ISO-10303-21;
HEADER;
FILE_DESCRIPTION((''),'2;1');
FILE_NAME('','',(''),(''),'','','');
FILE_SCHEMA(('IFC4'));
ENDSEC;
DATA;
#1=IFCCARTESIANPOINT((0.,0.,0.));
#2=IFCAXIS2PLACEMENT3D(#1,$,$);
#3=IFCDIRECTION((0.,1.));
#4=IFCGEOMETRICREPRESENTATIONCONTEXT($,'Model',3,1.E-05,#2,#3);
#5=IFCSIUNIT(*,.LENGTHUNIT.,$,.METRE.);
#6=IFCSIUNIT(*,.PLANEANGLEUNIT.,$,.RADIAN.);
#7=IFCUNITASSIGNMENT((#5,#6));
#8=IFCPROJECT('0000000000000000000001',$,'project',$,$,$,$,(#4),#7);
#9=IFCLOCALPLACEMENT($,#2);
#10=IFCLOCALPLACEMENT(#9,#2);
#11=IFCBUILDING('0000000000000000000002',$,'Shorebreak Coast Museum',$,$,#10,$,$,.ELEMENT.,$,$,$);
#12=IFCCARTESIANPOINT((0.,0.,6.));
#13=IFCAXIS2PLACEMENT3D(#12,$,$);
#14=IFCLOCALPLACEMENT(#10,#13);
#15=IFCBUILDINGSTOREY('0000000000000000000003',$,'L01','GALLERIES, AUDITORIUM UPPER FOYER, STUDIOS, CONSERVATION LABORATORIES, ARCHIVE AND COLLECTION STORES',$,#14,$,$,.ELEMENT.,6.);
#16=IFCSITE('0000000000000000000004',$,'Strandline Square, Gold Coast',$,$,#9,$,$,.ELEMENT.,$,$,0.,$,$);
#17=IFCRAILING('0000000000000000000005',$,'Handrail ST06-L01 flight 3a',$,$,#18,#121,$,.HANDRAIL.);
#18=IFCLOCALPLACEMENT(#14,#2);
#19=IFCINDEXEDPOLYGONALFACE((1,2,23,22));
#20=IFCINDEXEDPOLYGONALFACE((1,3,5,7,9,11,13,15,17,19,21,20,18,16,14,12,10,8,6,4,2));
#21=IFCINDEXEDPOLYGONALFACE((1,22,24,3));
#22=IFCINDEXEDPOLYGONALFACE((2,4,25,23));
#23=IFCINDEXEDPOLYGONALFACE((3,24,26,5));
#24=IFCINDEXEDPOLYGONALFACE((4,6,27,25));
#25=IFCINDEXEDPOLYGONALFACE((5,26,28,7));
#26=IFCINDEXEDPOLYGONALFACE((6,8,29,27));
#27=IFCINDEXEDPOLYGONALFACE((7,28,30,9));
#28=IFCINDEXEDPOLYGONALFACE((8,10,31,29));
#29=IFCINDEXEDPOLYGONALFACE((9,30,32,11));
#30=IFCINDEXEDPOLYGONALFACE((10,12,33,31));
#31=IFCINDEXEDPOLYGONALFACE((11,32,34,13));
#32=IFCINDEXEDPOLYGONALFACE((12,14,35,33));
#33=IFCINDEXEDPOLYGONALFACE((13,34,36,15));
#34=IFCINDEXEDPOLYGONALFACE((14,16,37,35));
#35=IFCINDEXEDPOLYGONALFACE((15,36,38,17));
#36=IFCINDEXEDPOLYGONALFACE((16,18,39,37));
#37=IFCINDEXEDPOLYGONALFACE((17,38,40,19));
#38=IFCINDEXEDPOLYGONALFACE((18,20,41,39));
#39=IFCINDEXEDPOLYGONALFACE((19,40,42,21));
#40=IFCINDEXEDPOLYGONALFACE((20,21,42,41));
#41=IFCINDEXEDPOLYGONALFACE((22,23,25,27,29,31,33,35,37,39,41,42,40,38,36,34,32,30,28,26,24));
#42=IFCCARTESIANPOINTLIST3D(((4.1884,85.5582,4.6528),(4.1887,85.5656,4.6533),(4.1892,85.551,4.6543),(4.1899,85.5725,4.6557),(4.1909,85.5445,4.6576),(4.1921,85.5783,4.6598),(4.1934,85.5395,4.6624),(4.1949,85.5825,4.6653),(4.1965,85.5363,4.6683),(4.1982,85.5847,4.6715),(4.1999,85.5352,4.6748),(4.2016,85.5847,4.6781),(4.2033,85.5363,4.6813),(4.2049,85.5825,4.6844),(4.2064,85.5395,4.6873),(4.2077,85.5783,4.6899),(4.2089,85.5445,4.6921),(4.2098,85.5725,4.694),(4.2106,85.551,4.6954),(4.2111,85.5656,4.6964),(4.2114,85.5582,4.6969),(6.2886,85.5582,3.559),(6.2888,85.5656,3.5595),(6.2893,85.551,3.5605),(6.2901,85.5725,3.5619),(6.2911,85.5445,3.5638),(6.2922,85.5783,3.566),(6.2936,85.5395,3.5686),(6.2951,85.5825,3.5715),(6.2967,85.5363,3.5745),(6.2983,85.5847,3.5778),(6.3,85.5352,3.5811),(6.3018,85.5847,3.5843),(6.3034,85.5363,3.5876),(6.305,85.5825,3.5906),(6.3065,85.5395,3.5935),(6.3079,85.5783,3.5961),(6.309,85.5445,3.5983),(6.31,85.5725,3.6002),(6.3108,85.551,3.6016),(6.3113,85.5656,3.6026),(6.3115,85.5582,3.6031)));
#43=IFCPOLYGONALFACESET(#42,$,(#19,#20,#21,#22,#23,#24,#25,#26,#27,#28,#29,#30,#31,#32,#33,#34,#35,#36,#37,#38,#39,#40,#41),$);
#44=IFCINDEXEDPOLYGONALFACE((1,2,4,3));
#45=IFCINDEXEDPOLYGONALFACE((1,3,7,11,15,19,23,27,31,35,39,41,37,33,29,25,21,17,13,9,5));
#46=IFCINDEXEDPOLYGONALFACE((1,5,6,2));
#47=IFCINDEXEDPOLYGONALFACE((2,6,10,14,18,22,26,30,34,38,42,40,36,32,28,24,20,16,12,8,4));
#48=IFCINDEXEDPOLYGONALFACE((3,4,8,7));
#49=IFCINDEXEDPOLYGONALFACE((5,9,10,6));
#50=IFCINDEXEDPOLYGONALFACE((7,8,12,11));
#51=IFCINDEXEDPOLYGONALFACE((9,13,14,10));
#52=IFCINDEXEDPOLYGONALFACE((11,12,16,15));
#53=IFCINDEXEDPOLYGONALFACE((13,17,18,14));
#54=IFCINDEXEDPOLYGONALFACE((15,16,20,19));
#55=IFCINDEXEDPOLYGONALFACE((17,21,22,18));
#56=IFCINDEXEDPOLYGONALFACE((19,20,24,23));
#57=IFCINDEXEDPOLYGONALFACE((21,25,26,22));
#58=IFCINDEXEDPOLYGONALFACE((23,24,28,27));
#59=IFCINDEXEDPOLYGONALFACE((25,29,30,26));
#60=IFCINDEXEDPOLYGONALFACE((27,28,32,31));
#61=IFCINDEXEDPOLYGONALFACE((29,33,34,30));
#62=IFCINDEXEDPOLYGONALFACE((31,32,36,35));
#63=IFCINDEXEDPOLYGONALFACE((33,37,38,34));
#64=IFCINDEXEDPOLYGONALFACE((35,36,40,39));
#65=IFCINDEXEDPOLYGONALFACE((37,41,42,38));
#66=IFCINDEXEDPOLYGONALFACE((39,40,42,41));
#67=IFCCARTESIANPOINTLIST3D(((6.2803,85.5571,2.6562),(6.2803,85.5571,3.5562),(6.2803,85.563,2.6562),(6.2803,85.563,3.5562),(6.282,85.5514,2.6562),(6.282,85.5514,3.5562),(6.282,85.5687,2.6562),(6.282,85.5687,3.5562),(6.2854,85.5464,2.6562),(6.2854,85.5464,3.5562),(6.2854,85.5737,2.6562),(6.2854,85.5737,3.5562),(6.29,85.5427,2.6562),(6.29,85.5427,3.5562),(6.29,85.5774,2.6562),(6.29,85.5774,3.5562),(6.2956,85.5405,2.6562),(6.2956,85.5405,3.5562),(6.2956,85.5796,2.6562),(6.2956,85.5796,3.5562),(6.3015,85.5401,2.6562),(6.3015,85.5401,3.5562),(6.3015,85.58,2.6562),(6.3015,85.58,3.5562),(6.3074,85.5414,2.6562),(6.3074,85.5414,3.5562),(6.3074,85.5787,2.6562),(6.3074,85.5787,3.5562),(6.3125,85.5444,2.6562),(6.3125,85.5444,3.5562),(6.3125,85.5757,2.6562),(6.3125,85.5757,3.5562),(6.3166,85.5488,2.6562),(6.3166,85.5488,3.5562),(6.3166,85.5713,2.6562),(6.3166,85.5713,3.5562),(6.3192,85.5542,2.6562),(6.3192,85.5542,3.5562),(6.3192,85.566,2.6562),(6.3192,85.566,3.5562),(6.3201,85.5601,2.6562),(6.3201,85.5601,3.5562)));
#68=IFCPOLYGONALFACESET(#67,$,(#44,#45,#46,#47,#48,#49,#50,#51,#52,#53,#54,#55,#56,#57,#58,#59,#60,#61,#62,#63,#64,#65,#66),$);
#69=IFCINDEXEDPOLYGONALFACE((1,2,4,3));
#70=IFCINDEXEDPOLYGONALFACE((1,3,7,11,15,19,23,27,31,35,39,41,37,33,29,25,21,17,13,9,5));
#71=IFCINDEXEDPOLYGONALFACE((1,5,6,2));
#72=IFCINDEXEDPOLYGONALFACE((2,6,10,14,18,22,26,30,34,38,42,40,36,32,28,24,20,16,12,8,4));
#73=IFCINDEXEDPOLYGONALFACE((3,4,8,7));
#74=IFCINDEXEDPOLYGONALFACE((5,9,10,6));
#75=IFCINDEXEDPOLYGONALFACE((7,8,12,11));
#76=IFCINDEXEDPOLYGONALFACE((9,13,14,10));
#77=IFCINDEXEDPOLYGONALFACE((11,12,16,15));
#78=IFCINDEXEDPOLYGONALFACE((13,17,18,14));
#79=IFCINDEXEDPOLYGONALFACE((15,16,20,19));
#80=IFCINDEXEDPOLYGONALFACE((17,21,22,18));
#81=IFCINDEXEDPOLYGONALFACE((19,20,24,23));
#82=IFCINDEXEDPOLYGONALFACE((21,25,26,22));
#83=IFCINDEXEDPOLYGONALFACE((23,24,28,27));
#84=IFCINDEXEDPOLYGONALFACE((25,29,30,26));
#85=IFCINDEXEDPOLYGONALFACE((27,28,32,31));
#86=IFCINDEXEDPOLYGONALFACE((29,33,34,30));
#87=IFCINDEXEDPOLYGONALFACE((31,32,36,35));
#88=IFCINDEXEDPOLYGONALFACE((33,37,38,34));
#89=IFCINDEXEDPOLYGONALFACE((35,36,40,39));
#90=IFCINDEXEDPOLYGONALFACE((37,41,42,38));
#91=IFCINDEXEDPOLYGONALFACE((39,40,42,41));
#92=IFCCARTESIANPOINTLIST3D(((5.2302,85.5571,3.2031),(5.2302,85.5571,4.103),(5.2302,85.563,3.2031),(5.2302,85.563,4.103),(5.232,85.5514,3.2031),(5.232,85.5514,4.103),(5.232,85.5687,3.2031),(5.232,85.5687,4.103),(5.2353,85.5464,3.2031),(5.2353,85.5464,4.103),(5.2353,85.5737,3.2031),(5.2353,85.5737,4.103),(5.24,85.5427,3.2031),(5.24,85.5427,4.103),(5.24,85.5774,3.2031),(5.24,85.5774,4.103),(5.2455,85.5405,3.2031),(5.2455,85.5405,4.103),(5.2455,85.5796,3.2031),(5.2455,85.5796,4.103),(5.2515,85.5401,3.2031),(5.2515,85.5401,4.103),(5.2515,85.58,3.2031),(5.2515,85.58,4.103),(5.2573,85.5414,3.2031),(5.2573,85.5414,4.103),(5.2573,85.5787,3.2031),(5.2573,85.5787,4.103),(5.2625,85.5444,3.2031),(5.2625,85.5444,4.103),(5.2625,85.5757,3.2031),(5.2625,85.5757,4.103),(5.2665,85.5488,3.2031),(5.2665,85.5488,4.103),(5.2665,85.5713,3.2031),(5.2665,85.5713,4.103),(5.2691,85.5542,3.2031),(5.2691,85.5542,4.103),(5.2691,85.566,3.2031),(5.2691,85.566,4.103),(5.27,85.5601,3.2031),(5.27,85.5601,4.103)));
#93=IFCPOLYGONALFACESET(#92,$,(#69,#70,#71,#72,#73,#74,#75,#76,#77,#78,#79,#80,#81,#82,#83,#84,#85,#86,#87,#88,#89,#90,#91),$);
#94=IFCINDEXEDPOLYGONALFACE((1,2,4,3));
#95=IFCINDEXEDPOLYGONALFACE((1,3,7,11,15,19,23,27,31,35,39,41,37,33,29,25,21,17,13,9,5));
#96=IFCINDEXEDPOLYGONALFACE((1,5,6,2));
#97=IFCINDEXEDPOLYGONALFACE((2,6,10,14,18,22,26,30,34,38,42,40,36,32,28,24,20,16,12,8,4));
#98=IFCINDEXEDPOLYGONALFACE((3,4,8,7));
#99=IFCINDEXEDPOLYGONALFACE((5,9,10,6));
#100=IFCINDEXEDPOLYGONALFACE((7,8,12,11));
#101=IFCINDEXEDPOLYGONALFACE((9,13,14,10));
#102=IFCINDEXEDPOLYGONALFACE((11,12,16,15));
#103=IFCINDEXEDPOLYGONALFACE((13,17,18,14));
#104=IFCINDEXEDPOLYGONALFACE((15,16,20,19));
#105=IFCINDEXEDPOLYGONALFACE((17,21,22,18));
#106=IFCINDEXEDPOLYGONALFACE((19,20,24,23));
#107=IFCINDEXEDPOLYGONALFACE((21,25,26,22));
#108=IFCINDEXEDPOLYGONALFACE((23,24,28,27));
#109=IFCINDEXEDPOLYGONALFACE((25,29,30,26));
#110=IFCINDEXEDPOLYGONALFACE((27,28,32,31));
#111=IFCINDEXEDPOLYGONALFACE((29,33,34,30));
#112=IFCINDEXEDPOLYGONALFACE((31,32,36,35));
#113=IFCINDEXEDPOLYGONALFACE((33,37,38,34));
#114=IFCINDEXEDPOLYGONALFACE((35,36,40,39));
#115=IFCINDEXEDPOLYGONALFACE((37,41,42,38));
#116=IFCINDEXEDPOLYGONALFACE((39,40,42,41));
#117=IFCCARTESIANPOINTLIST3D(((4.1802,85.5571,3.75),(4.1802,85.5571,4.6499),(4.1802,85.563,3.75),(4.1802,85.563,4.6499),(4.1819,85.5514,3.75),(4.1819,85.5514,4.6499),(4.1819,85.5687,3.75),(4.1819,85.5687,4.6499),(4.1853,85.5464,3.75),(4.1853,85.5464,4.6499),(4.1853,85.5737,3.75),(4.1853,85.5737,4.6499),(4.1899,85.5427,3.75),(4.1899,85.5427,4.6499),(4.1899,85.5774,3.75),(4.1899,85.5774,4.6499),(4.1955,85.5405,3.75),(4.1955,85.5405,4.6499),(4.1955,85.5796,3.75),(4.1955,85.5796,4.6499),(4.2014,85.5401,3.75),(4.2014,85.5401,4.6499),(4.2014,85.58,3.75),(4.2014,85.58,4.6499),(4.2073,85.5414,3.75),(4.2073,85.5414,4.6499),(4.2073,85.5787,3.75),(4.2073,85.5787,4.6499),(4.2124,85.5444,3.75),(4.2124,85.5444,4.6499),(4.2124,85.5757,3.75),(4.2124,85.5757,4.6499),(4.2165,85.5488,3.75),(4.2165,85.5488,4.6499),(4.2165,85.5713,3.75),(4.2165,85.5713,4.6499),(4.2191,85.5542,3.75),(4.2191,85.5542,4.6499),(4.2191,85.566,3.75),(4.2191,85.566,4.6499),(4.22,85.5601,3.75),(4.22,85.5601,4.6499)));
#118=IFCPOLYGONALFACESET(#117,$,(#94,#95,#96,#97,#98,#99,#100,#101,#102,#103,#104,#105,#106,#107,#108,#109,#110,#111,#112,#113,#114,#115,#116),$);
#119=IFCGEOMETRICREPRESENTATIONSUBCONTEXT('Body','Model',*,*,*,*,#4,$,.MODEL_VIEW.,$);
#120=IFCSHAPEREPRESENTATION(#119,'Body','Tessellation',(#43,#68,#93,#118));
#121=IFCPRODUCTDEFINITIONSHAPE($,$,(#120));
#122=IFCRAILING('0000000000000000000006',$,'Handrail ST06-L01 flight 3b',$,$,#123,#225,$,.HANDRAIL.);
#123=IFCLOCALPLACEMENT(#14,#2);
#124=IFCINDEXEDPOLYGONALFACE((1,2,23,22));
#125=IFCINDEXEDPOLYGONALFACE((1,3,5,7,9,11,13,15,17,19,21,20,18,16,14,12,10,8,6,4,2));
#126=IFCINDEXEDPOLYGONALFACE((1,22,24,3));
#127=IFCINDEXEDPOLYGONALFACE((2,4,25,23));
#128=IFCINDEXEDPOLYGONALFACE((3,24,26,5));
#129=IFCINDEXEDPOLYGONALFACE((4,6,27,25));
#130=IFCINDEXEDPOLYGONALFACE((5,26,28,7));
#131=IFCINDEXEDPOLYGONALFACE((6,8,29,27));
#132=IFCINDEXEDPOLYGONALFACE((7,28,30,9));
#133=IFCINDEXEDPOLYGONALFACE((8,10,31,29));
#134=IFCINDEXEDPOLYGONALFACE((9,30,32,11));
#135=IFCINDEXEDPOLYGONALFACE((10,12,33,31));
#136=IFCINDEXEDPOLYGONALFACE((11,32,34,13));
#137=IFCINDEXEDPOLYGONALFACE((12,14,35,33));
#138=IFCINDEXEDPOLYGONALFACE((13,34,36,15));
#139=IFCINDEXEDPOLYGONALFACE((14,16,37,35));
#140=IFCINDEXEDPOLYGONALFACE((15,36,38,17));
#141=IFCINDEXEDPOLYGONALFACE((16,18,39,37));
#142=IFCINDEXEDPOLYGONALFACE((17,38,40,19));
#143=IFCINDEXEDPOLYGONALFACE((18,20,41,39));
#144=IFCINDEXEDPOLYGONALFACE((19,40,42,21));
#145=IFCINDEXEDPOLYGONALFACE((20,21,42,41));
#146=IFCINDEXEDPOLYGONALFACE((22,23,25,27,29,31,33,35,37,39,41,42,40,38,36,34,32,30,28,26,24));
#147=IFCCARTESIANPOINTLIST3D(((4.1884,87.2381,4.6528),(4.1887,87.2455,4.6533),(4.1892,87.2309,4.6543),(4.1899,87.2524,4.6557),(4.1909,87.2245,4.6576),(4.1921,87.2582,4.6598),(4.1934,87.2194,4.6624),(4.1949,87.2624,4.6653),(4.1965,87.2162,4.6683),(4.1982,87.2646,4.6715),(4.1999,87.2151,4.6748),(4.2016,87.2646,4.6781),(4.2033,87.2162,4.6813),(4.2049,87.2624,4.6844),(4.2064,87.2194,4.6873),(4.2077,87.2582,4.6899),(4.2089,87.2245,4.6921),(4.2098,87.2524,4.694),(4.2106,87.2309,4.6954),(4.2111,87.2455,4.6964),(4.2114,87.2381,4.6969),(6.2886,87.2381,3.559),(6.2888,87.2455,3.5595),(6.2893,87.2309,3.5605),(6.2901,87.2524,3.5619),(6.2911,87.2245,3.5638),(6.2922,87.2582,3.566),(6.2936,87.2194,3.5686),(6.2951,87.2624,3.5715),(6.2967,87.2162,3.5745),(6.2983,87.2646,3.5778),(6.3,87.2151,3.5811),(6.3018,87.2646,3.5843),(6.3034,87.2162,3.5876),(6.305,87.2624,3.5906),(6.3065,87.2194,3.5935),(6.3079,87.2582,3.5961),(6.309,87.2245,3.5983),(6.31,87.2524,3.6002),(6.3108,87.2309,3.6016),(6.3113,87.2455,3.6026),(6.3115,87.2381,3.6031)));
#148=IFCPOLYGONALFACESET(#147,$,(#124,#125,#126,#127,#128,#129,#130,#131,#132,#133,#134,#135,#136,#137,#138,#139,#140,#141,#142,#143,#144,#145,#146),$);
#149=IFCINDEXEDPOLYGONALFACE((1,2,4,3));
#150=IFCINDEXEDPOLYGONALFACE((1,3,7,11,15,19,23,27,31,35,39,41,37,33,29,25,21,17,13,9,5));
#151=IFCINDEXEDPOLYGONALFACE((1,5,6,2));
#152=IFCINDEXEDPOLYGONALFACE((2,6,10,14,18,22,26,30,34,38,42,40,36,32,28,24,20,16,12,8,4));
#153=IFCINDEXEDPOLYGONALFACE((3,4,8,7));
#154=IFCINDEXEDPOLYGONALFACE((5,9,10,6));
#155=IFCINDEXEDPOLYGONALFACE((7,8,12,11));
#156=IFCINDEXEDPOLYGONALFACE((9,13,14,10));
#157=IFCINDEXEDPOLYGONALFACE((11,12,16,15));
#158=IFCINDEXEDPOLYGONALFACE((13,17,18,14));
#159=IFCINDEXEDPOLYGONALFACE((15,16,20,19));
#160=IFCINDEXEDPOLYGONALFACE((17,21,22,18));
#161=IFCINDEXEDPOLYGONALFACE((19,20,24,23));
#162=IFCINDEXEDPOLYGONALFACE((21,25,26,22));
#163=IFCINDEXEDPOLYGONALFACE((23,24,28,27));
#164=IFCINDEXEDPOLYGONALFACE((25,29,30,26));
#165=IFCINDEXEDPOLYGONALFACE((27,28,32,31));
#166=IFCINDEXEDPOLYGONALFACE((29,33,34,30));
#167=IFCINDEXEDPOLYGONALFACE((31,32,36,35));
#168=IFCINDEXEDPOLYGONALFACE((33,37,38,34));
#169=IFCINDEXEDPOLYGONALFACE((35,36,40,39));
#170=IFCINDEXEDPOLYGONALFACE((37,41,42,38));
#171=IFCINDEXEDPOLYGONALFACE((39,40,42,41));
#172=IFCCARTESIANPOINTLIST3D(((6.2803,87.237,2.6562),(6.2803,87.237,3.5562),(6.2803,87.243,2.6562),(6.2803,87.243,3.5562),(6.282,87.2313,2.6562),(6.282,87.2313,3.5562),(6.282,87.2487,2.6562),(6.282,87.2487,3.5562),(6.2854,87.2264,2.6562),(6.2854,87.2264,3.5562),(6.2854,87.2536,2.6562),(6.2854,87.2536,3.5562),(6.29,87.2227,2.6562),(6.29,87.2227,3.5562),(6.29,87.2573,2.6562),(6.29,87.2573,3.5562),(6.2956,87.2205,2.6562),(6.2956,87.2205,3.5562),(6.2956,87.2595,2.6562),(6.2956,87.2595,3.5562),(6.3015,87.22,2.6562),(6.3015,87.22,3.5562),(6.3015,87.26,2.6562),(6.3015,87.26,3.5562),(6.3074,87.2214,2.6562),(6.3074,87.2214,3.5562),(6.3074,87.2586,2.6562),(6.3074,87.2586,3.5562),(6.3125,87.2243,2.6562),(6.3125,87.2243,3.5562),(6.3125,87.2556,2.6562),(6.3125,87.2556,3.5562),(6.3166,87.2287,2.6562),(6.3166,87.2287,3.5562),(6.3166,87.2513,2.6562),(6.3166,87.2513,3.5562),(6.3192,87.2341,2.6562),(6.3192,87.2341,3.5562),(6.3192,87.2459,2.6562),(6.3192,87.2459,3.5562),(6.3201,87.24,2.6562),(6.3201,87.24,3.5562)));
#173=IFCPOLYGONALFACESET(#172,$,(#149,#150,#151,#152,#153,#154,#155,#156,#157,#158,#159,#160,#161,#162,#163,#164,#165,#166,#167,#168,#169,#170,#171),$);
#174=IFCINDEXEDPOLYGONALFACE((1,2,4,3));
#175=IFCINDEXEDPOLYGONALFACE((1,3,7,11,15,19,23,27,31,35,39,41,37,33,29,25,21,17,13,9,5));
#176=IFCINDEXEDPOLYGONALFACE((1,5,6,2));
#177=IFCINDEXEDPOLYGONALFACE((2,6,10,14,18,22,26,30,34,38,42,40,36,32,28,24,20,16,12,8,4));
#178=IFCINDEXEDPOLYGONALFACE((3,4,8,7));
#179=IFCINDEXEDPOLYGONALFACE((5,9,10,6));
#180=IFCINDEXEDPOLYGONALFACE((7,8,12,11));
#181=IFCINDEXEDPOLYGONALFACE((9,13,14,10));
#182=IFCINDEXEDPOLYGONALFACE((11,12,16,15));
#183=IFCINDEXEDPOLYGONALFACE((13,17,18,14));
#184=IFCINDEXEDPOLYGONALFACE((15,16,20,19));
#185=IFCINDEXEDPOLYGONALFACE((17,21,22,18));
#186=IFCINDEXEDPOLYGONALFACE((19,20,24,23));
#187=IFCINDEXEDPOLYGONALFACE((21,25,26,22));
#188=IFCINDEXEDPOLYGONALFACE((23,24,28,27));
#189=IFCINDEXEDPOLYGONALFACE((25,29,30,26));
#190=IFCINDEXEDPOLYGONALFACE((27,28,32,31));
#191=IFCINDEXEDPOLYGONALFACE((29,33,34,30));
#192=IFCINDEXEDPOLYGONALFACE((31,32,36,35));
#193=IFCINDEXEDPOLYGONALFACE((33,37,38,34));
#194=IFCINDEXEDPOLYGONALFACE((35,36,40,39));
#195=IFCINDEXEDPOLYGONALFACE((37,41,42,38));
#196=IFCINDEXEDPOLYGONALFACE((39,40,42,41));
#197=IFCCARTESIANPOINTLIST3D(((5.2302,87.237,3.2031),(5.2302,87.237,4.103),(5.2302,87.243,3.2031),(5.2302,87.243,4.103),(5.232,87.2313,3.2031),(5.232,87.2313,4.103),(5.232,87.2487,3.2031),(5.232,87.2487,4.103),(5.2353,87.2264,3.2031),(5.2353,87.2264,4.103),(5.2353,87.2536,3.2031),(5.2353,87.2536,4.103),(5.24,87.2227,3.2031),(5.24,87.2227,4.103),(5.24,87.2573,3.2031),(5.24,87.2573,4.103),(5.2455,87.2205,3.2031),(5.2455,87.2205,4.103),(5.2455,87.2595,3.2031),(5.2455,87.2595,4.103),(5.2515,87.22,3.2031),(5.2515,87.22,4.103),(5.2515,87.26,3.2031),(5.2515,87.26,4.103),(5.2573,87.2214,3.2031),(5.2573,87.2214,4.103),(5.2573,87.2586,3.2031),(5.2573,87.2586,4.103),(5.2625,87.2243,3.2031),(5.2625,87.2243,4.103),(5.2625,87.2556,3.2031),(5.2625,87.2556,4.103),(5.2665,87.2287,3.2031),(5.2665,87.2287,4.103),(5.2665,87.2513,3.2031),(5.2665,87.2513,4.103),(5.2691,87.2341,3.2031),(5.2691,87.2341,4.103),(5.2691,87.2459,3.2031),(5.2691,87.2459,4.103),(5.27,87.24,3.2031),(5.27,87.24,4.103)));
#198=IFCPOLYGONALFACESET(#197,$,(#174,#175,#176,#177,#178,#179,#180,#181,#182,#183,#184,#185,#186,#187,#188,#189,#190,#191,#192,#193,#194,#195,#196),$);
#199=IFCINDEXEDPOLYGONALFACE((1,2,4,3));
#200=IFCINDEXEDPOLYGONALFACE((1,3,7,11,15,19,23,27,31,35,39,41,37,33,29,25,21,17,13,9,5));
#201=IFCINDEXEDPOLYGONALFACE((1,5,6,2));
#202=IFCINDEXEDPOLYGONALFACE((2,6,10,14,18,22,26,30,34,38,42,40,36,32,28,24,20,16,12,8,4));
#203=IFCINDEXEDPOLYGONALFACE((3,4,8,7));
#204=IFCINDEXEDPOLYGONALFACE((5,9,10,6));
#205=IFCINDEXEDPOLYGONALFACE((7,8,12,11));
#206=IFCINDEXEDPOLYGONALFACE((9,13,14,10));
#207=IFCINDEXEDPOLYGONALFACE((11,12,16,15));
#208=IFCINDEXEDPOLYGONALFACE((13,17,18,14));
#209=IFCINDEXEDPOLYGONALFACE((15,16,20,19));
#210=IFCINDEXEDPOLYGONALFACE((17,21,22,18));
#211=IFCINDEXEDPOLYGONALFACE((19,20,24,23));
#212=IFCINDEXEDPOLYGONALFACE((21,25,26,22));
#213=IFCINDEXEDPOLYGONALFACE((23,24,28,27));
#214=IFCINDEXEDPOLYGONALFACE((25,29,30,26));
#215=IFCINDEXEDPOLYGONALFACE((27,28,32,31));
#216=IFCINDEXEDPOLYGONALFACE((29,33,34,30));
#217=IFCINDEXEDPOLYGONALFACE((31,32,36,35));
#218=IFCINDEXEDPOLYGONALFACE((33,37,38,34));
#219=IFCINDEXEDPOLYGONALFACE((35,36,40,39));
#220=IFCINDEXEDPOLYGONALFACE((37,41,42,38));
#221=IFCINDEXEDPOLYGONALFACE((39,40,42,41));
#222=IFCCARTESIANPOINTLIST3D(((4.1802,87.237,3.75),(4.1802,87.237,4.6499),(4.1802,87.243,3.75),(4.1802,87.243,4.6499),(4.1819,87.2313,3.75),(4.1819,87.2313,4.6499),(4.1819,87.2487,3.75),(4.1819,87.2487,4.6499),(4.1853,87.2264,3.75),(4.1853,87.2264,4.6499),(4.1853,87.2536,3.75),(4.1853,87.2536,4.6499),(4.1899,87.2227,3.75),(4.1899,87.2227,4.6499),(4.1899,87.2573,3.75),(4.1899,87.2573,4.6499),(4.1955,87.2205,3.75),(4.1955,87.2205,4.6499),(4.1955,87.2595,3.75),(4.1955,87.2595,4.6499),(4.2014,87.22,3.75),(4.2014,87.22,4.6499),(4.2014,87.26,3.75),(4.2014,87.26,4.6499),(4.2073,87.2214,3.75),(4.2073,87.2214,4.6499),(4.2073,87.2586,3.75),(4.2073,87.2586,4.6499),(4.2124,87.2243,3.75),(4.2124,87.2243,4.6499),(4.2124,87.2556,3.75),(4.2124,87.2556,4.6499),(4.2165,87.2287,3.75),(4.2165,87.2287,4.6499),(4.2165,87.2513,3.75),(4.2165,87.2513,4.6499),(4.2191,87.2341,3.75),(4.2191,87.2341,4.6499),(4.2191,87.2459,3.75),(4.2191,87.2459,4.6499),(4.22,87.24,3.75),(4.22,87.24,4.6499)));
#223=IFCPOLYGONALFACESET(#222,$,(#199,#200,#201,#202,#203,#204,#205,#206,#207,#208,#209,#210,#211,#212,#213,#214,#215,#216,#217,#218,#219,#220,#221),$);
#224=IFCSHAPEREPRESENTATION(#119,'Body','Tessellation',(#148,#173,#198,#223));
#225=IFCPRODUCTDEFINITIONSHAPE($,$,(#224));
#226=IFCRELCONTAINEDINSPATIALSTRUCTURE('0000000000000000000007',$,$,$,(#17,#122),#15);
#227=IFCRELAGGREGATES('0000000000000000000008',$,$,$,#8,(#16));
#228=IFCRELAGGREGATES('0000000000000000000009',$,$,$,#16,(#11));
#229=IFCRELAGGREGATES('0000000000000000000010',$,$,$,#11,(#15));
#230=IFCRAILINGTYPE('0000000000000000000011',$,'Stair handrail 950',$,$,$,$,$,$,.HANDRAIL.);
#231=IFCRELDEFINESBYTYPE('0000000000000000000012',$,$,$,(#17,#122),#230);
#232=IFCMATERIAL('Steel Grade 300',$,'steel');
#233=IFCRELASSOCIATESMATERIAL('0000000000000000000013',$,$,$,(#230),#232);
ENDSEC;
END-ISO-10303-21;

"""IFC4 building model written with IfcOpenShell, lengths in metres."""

from ifc_helpers import new_model, si_unit, direction, frame, origin, origin_2d, place, context, subcontext, project, spatial, circle, extrude, material, type_object, element, save


model = new_model("IFC4")

# Units and contexts
model_context = context("Model", 3, precision=1e-05, world=origin(), true_north=direction((0.0, 1.0)))
body_context = subcontext(model_context, "Body", "Model", "MODEL_VIEW")
ifc_project = project(units=[si_unit("LENGTHUNIT", "METRE"), si_unit("PLANEANGLEUNIT", "RADIAN")], contexts=[model_context])

# Site, building, storey
site_placement = place(None, origin())
site = spatial("IfcSite", under=ifc_project, at=site_placement, Name="Strandline Square, Gold Coast", CompositionType="ELEMENT", RefElevation=0.0)
building_placement = place(site_placement, origin())
building = spatial("IfcBuilding", under=site, at=building_placement, Name="Shorebreak Coast Museum", CompositionType="ELEMENT")
storey_placement = place(building_placement, frame((0.0, 0.0, 6.0)))
storey = spatial("IfcBuildingStorey", under=building, at=storey_placement, Name="L01", Description="GALLERIES, AUDITORIUM UPPER FOYER, STUDIOS, CONSERVATION LABORATORIES, ARCHIVE AND COLLECTION STORES", CompositionType="ELEMENT", Elevation=6.0)

# Railings
ifc_material_1 = material(Name="Steel Grade 300", Category="steel")
railing_type_1 = type_object("IfcRailingType", Name="Stair handrail 950", PredefinedType="HANDRAIL", material=ifc_material_1)
for number, where, name in (
    (1, (6.3, 85.5601, 2.6562), "Handrail ST06-L01 flight 3a"),
    (2, (6.3, 87.24, 2.6562), "Handrail ST06-L01 flight 3b"),
):
    element("IfcRailing", number, at=place(storey_placement, frame(where)), inside=storey, type_object=railing_type_1, Name=name, PredefinedType="HANDRAIL", context=body_context, shape_type="SweptSolid", body=[
        extrude(circle(Radius=0.0249, at=origin_2d()), frame((0.0, 0.0, 0.9248), z_axis=(-0.886923, 0.0, 0.461918), x_axis=(0.0, -1.0, 0.0)), (0.0, 0.0, 1.0), 2.3679),
        extrude(circle(Radius=0.02, at=origin_2d()), origin(), (0.0, 0.0, 1.0), 0.8999),
        extrude(circle(Radius=0.02, at=origin_2d()), frame((-1.05, 0.0, 0.5469)), (0.0, 0.0, 1.0), 0.8999),
        extrude(circle(Radius=0.02, at=origin_2d()), frame((-2.1001, 0.0, 1.0938)), (0.0, 0.0, 1.0), 0.8999),
    ])

save(model, "model.ifc")
